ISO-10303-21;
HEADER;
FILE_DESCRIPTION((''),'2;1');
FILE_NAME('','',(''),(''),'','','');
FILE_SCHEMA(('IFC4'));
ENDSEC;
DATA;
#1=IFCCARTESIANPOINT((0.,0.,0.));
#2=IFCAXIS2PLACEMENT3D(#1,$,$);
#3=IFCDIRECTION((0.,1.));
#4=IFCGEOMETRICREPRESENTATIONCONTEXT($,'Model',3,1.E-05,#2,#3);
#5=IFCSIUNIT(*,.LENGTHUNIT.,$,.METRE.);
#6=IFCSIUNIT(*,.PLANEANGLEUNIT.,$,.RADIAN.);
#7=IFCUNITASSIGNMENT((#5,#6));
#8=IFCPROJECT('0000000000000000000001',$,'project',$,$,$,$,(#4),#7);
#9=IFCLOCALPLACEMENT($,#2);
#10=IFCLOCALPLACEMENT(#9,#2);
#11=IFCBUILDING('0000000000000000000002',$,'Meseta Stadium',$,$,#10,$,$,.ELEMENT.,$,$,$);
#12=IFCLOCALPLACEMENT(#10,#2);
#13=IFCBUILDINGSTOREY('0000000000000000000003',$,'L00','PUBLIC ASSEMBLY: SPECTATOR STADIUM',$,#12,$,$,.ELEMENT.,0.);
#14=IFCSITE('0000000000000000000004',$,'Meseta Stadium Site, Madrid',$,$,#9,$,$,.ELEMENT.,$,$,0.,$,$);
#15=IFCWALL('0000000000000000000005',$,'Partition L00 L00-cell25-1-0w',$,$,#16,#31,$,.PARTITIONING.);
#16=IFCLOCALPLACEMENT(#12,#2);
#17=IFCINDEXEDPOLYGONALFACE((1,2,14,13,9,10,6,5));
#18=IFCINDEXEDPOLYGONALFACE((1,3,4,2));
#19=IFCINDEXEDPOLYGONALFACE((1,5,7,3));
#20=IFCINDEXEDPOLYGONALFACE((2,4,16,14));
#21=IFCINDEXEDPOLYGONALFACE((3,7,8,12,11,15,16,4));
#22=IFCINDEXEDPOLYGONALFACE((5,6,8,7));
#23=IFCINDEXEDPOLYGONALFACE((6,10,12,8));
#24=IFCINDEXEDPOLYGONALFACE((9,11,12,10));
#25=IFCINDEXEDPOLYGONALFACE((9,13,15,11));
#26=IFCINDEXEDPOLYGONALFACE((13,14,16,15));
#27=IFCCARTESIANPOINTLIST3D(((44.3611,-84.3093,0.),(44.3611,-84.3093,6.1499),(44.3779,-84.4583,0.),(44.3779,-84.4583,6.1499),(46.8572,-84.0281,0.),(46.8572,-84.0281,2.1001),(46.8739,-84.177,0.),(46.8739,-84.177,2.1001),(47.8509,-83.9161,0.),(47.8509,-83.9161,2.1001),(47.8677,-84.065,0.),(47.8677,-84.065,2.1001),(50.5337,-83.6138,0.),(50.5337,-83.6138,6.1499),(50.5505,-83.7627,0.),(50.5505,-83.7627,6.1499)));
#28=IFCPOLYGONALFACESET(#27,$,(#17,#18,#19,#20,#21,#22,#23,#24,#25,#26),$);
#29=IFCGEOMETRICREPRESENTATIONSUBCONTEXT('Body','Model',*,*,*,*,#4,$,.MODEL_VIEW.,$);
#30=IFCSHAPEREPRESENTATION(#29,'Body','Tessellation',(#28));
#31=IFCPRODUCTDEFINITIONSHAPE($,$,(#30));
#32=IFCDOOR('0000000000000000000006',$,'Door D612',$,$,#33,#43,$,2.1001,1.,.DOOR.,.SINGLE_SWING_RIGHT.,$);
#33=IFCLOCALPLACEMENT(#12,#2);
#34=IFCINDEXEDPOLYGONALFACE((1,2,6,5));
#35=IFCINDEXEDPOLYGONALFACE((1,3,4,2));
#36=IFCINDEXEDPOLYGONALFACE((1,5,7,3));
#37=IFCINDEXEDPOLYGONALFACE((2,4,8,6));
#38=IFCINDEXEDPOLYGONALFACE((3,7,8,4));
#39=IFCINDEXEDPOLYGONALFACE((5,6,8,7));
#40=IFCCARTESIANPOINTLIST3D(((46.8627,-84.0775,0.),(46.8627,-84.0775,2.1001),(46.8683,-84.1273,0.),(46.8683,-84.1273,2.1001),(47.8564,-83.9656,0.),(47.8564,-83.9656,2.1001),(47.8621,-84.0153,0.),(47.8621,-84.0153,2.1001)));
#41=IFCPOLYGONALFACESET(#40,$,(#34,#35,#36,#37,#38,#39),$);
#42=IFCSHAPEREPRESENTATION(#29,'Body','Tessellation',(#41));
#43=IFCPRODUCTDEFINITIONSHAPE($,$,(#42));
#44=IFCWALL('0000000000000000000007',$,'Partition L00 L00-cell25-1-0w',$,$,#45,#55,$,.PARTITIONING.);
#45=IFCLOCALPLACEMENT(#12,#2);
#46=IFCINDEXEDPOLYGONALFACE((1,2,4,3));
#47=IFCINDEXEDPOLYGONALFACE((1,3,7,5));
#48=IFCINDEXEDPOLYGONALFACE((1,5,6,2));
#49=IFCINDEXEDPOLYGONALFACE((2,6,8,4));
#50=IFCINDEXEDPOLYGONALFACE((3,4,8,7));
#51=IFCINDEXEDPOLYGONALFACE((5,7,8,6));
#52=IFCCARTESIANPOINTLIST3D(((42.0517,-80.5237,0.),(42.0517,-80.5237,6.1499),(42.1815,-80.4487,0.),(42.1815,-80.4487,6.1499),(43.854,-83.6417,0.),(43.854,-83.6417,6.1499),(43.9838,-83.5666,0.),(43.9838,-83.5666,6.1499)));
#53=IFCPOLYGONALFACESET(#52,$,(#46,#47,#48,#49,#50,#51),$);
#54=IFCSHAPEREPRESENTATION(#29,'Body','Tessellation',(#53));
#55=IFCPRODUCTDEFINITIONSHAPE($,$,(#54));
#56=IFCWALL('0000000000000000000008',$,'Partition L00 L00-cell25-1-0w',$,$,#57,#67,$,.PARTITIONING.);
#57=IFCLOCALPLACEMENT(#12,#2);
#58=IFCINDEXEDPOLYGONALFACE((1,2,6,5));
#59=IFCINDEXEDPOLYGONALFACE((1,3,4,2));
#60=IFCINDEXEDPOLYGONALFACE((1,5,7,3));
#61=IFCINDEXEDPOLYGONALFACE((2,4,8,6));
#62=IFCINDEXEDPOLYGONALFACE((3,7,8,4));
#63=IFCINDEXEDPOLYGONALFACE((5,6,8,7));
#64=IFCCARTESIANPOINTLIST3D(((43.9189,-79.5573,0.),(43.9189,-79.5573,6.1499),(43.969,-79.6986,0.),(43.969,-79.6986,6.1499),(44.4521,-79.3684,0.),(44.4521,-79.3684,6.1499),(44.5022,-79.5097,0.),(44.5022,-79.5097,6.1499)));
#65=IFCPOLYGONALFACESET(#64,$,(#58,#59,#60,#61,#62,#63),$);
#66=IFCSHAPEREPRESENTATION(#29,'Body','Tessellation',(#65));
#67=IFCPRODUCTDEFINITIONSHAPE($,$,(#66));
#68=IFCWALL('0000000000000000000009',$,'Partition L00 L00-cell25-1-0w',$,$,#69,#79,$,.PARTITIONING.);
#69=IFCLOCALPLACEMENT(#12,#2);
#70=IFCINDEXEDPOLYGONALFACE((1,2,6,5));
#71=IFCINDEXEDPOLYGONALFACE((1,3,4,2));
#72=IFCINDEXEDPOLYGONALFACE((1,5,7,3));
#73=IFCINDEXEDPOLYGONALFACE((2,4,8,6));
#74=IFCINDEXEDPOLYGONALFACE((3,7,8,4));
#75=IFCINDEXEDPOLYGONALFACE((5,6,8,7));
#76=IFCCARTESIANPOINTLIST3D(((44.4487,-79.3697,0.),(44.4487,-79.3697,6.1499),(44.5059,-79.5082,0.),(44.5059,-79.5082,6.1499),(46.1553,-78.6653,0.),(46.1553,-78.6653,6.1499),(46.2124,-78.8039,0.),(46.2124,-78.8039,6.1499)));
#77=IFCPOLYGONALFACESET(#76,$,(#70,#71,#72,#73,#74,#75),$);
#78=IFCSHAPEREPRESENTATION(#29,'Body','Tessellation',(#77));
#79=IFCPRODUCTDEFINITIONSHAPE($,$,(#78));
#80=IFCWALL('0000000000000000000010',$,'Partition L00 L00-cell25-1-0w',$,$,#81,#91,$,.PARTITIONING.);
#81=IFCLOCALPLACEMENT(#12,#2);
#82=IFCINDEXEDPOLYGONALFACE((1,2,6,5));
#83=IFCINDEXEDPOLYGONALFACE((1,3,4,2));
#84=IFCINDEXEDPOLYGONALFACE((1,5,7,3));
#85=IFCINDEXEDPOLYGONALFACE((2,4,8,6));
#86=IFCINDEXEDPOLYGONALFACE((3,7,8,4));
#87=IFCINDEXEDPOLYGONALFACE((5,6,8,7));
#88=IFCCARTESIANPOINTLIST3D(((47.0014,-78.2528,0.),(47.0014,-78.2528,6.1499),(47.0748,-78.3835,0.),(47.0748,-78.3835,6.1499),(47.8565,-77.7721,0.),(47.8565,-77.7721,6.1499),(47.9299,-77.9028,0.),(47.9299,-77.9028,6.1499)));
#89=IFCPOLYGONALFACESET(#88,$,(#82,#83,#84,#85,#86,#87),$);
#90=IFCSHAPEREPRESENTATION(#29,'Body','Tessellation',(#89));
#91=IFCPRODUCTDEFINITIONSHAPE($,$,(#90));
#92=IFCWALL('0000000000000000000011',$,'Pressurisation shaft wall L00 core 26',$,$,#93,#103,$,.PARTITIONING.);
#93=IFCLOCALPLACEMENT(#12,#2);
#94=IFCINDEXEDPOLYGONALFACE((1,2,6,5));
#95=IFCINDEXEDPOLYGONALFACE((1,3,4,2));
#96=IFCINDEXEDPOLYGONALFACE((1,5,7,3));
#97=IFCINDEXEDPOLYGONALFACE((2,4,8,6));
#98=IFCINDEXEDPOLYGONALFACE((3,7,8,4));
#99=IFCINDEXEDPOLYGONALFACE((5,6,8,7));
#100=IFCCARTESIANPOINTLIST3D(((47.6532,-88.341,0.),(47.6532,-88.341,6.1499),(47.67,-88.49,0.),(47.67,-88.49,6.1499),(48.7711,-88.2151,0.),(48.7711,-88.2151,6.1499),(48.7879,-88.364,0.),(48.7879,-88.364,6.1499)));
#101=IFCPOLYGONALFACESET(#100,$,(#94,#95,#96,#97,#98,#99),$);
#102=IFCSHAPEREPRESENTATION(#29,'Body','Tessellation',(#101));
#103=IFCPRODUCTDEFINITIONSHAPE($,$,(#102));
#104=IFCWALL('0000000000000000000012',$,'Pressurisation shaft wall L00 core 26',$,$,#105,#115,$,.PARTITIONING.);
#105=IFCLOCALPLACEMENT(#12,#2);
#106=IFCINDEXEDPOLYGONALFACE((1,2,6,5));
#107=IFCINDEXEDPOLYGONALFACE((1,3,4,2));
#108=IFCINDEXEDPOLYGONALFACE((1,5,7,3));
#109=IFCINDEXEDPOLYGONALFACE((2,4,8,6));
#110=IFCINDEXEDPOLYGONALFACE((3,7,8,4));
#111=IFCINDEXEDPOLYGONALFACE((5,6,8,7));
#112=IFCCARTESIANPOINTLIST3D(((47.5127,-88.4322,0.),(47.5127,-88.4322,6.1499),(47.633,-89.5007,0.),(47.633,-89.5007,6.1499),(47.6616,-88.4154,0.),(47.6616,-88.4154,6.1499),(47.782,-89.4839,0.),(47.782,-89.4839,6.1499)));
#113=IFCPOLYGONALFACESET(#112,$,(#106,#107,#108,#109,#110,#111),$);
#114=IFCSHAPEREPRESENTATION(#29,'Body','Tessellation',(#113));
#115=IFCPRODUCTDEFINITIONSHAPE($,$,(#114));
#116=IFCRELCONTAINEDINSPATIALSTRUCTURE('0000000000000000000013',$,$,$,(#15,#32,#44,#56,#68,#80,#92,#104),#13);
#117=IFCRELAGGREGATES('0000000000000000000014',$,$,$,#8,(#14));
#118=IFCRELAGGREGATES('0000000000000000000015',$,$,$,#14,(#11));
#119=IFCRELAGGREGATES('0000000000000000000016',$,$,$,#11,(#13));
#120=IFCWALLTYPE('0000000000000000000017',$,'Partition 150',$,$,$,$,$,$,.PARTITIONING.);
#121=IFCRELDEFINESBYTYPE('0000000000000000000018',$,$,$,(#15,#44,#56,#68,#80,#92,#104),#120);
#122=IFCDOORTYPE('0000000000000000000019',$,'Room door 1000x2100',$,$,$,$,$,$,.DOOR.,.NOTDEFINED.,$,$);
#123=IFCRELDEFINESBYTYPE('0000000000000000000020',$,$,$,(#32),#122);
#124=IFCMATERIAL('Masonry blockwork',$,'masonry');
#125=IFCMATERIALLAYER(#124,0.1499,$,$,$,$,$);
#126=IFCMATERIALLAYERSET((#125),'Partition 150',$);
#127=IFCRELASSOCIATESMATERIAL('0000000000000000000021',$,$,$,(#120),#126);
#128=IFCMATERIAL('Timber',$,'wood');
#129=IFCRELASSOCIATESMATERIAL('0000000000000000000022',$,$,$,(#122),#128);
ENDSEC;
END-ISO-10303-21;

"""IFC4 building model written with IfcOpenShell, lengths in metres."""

from ifc_helpers import new_model, si_unit, direction, frame, frame_2d, origin, place, context, subcontext, project, spatial, rectangle, extrude, material, layer, layer_set, type_object, element, fill, save


model = new_model("IFC4")

# Units and contexts
model_context = context("Model", 3, precision=1e-05, world=origin(), true_north=direction((0.0, 1.0)))
body_context = subcontext(model_context, "Body", "Model", "MODEL_VIEW")
ifc_project = project(units=[si_unit("LENGTHUNIT", "METRE"), si_unit("PLANEANGLEUNIT", "RADIAN")], contexts=[model_context])

# Site, building, storey
site_placement = place(None, origin())
site = spatial("IfcSite", under=ifc_project, at=site_placement, Name="Meseta Stadium Site, Madrid", CompositionType="ELEMENT", RefElevation=0.0)
building_placement = place(site_placement, origin())
building = spatial("IfcBuilding", under=site, at=building_placement, Name="Meseta Stadium", CompositionType="ELEMENT")
storey_placement = place(building_placement, origin())
storey = spatial("IfcBuildingStorey", under=building, at=storey_placement, Name="L00", Description="PUBLIC ASSEMBLY: SPECTATOR STADIUM", CompositionType="ELEMENT", Elevation=0.0)

# Shared definitions
ifc_material_1 = material(Name="Masonry blockwork", Category="masonry")
ifc_layer_1 = layer(ifc_material_1, 0.1499)
ifc_layer_set_1 = layer_set([ifc_layer_1], Name="Partition 150")
wall_type_1 = type_object("IfcWallType", Name="Partition 150", PredefinedType="PARTITIONING", material=ifc_layer_set_1)

# Wall, opening, door
wall_1_placement = place(storey_placement, frame((50.5422, -83.6882, 0.0), z_axis=(0.0, 0.0, 1.0), x_axis=(-0.993711, -0.111976, 0.0)))
wall_1 = element("IfcWall", 1, at=wall_1_placement, inside=storey, type_object=wall_type_1, Name="Partition L00 L00-cell25-1-0w", PredefinedType="PARTITIONING", context=body_context, shape_type="SweptSolid", body=[
    extrude(rectangle(XDim=6.2117, YDim=0.1499, at=frame_2d((3.106, 0.0))), origin(), (0.0, 0.0, 1.0), 6.1499),
])
opening_1_placement = place(wall_1_placement, frame((2.7, 0.0, 0.0)))
opening_1 = element("IfcOpeningElement", 2, at=opening_1_placement, cuts=wall_1, PredefinedType="OPENING", context=body_context, shape_type="SweptSolid", body=[
    extrude(rectangle(XDim=1.0, YDim=2.1001, at=frame_2d((0.5, 1.05))), frame((0.0, 0.085, 0.0), z_axis=(0.0, -1.0, 0.0), x_axis=(1.0, 0.0, 0.0)), (0.0, 0.0, 1.0), 0.1699),
])
ifc_material_2 = material(Name="Timber", Category="wood")
door_type_1 = type_object("IfcDoorType", Name="Room door 1000x2100", OperationType="NOTDEFINED", PredefinedType="DOOR", material=ifc_material_2)
door_1_placement = place(opening_1_placement, origin())
door_1 = element("IfcDoor", 3, at=door_1_placement, inside=storey, type_object=door_type_1, Name="Door D612", OperationType="SINGLE_SWING_RIGHT", OverallHeight=2.1001, OverallWidth=1.0, PredefinedType="DOOR", context=body_context, shape_type="SweptSolid", body=[
    extrude(rectangle(XDim=1.0, YDim=2.1001, at=frame_2d((0.5, 1.05))), frame((0.0, 0.0249, 0.0), z_axis=(0.0, -1.0, 0.0), x_axis=(1.0, 0.0, 0.0)), (0.0, 0.0, 1.0), 0.05),
])
fill(opening_1, door_1)

# Walls
wall_2_placement = place(storey_placement, frame((43.9189, -83.6042, 0.0), z_axis=(0.0, 0.0, 1.0), x_axis=(-0.50044, 0.865771, 0.0)))
element("IfcWall", 4, at=wall_2_placement, inside=storey, type_object=wall_type_1, Name="Partition L00 L00-cell25-1-0w", PredefinedType="PARTITIONING", context=body_context, shape_type="SweptSolid", body=[
    extrude(rectangle(XDim=3.6013, YDim=0.1499, at=frame_2d((1.8008, 0.0))), origin(), (0.0, 0.0, 1.0), 6.1499),
])
wall_3_placement = place(storey_placement, frame((43.9441, -79.6279, 0.0), z_axis=(0.0, 0.0, 1.0), x_axis=(0.942559, 0.334039, 0.0)))
element("IfcWall", 5, at=wall_3_placement, inside=storey, type_object=wall_type_1, Name="Partition L00 L00-cell25-1-0w", PredefinedType="PARTITIONING", context=body_context, shape_type="SweptSolid", body=[
    extrude(rectangle(XDim=0.5657, YDim=0.1499, at=frame_2d((0.2827, 0.0))), origin(), (0.0, 0.0, 1.0), 6.1499),
])
wall_4_placement = place(storey_placement, frame((44.4773, -79.439, 0.0), z_axis=(0.0, 0.0, 1.0), x_axis=(0.924363, 0.381515, 0.0)))
element("IfcWall", 6, at=wall_4_placement, inside=storey, type_object=wall_type_1, Name="Partition L00 L00-cell25-1-0w", PredefinedType="PARTITIONING", context=body_context, shape_type="SweptSolid", body=[
    extrude(rectangle(XDim=1.8462, YDim=0.1499, at=frame_2d((0.9231, 0.0))), origin(), (0.0, 0.0, 1.0), 6.1499),
])
wall_5_placement = place(storey_placement, frame((47.0381, -78.3181, 0.0), z_axis=(0.0, 0.0, 1.0), x_axis=(0.871728, 0.489989, 0.0)))
element("IfcWall", 7, at=wall_5_placement, inside=storey, type_object=wall_type_1, Name="Partition L00 L00-cell25-1-0w", PredefinedType="PARTITIONING", context=body_context, shape_type="SweptSolid", body=[
    extrude(rectangle(XDim=0.981, YDim=0.1499, at=frame_2d((0.4905, 0.0))), origin(), (0.0, 0.0, 1.0), 6.1499),
])
wall_6_placement = place(storey_placement, frame((48.7795, -88.2896, 0.0), z_axis=(0.0, 0.0, 1.0), x_axis=(-0.993711, -0.11198, 0.0)))
element("IfcWall", 8, at=wall_6_placement, inside=storey, type_object=wall_type_1, Name="Pressurisation shaft wall L00 core 26", PredefinedType="PARTITIONING", context=body_context, shape_type="SweptSolid", body=[
    extrude(rectangle(XDim=1.125, YDim=0.1499, at=frame_2d((0.5625, 0.0))), origin(), (0.0, 0.0, 1.0), 6.1499),
])
wall_7_placement = place(storey_placement, frame((47.5872, -88.4238, 0.0), z_axis=(0.0, 0.0, 1.0), x_axis=(0.111952, -0.993714, 0.0)))
element("IfcWall", 9, at=wall_7_placement, inside=storey, type_object=wall_type_1, Name="Pressurisation shaft wall L00 core 26", PredefinedType="PARTITIONING", context=body_context, shape_type="SweptSolid", body=[
    extrude(rectangle(XDim=1.0752, YDim=0.1499, at=frame_2d((0.5376, 0.0))), origin(), (0.0, 0.0, 1.0), 6.1499),
])

save(model, "model.ifc")
